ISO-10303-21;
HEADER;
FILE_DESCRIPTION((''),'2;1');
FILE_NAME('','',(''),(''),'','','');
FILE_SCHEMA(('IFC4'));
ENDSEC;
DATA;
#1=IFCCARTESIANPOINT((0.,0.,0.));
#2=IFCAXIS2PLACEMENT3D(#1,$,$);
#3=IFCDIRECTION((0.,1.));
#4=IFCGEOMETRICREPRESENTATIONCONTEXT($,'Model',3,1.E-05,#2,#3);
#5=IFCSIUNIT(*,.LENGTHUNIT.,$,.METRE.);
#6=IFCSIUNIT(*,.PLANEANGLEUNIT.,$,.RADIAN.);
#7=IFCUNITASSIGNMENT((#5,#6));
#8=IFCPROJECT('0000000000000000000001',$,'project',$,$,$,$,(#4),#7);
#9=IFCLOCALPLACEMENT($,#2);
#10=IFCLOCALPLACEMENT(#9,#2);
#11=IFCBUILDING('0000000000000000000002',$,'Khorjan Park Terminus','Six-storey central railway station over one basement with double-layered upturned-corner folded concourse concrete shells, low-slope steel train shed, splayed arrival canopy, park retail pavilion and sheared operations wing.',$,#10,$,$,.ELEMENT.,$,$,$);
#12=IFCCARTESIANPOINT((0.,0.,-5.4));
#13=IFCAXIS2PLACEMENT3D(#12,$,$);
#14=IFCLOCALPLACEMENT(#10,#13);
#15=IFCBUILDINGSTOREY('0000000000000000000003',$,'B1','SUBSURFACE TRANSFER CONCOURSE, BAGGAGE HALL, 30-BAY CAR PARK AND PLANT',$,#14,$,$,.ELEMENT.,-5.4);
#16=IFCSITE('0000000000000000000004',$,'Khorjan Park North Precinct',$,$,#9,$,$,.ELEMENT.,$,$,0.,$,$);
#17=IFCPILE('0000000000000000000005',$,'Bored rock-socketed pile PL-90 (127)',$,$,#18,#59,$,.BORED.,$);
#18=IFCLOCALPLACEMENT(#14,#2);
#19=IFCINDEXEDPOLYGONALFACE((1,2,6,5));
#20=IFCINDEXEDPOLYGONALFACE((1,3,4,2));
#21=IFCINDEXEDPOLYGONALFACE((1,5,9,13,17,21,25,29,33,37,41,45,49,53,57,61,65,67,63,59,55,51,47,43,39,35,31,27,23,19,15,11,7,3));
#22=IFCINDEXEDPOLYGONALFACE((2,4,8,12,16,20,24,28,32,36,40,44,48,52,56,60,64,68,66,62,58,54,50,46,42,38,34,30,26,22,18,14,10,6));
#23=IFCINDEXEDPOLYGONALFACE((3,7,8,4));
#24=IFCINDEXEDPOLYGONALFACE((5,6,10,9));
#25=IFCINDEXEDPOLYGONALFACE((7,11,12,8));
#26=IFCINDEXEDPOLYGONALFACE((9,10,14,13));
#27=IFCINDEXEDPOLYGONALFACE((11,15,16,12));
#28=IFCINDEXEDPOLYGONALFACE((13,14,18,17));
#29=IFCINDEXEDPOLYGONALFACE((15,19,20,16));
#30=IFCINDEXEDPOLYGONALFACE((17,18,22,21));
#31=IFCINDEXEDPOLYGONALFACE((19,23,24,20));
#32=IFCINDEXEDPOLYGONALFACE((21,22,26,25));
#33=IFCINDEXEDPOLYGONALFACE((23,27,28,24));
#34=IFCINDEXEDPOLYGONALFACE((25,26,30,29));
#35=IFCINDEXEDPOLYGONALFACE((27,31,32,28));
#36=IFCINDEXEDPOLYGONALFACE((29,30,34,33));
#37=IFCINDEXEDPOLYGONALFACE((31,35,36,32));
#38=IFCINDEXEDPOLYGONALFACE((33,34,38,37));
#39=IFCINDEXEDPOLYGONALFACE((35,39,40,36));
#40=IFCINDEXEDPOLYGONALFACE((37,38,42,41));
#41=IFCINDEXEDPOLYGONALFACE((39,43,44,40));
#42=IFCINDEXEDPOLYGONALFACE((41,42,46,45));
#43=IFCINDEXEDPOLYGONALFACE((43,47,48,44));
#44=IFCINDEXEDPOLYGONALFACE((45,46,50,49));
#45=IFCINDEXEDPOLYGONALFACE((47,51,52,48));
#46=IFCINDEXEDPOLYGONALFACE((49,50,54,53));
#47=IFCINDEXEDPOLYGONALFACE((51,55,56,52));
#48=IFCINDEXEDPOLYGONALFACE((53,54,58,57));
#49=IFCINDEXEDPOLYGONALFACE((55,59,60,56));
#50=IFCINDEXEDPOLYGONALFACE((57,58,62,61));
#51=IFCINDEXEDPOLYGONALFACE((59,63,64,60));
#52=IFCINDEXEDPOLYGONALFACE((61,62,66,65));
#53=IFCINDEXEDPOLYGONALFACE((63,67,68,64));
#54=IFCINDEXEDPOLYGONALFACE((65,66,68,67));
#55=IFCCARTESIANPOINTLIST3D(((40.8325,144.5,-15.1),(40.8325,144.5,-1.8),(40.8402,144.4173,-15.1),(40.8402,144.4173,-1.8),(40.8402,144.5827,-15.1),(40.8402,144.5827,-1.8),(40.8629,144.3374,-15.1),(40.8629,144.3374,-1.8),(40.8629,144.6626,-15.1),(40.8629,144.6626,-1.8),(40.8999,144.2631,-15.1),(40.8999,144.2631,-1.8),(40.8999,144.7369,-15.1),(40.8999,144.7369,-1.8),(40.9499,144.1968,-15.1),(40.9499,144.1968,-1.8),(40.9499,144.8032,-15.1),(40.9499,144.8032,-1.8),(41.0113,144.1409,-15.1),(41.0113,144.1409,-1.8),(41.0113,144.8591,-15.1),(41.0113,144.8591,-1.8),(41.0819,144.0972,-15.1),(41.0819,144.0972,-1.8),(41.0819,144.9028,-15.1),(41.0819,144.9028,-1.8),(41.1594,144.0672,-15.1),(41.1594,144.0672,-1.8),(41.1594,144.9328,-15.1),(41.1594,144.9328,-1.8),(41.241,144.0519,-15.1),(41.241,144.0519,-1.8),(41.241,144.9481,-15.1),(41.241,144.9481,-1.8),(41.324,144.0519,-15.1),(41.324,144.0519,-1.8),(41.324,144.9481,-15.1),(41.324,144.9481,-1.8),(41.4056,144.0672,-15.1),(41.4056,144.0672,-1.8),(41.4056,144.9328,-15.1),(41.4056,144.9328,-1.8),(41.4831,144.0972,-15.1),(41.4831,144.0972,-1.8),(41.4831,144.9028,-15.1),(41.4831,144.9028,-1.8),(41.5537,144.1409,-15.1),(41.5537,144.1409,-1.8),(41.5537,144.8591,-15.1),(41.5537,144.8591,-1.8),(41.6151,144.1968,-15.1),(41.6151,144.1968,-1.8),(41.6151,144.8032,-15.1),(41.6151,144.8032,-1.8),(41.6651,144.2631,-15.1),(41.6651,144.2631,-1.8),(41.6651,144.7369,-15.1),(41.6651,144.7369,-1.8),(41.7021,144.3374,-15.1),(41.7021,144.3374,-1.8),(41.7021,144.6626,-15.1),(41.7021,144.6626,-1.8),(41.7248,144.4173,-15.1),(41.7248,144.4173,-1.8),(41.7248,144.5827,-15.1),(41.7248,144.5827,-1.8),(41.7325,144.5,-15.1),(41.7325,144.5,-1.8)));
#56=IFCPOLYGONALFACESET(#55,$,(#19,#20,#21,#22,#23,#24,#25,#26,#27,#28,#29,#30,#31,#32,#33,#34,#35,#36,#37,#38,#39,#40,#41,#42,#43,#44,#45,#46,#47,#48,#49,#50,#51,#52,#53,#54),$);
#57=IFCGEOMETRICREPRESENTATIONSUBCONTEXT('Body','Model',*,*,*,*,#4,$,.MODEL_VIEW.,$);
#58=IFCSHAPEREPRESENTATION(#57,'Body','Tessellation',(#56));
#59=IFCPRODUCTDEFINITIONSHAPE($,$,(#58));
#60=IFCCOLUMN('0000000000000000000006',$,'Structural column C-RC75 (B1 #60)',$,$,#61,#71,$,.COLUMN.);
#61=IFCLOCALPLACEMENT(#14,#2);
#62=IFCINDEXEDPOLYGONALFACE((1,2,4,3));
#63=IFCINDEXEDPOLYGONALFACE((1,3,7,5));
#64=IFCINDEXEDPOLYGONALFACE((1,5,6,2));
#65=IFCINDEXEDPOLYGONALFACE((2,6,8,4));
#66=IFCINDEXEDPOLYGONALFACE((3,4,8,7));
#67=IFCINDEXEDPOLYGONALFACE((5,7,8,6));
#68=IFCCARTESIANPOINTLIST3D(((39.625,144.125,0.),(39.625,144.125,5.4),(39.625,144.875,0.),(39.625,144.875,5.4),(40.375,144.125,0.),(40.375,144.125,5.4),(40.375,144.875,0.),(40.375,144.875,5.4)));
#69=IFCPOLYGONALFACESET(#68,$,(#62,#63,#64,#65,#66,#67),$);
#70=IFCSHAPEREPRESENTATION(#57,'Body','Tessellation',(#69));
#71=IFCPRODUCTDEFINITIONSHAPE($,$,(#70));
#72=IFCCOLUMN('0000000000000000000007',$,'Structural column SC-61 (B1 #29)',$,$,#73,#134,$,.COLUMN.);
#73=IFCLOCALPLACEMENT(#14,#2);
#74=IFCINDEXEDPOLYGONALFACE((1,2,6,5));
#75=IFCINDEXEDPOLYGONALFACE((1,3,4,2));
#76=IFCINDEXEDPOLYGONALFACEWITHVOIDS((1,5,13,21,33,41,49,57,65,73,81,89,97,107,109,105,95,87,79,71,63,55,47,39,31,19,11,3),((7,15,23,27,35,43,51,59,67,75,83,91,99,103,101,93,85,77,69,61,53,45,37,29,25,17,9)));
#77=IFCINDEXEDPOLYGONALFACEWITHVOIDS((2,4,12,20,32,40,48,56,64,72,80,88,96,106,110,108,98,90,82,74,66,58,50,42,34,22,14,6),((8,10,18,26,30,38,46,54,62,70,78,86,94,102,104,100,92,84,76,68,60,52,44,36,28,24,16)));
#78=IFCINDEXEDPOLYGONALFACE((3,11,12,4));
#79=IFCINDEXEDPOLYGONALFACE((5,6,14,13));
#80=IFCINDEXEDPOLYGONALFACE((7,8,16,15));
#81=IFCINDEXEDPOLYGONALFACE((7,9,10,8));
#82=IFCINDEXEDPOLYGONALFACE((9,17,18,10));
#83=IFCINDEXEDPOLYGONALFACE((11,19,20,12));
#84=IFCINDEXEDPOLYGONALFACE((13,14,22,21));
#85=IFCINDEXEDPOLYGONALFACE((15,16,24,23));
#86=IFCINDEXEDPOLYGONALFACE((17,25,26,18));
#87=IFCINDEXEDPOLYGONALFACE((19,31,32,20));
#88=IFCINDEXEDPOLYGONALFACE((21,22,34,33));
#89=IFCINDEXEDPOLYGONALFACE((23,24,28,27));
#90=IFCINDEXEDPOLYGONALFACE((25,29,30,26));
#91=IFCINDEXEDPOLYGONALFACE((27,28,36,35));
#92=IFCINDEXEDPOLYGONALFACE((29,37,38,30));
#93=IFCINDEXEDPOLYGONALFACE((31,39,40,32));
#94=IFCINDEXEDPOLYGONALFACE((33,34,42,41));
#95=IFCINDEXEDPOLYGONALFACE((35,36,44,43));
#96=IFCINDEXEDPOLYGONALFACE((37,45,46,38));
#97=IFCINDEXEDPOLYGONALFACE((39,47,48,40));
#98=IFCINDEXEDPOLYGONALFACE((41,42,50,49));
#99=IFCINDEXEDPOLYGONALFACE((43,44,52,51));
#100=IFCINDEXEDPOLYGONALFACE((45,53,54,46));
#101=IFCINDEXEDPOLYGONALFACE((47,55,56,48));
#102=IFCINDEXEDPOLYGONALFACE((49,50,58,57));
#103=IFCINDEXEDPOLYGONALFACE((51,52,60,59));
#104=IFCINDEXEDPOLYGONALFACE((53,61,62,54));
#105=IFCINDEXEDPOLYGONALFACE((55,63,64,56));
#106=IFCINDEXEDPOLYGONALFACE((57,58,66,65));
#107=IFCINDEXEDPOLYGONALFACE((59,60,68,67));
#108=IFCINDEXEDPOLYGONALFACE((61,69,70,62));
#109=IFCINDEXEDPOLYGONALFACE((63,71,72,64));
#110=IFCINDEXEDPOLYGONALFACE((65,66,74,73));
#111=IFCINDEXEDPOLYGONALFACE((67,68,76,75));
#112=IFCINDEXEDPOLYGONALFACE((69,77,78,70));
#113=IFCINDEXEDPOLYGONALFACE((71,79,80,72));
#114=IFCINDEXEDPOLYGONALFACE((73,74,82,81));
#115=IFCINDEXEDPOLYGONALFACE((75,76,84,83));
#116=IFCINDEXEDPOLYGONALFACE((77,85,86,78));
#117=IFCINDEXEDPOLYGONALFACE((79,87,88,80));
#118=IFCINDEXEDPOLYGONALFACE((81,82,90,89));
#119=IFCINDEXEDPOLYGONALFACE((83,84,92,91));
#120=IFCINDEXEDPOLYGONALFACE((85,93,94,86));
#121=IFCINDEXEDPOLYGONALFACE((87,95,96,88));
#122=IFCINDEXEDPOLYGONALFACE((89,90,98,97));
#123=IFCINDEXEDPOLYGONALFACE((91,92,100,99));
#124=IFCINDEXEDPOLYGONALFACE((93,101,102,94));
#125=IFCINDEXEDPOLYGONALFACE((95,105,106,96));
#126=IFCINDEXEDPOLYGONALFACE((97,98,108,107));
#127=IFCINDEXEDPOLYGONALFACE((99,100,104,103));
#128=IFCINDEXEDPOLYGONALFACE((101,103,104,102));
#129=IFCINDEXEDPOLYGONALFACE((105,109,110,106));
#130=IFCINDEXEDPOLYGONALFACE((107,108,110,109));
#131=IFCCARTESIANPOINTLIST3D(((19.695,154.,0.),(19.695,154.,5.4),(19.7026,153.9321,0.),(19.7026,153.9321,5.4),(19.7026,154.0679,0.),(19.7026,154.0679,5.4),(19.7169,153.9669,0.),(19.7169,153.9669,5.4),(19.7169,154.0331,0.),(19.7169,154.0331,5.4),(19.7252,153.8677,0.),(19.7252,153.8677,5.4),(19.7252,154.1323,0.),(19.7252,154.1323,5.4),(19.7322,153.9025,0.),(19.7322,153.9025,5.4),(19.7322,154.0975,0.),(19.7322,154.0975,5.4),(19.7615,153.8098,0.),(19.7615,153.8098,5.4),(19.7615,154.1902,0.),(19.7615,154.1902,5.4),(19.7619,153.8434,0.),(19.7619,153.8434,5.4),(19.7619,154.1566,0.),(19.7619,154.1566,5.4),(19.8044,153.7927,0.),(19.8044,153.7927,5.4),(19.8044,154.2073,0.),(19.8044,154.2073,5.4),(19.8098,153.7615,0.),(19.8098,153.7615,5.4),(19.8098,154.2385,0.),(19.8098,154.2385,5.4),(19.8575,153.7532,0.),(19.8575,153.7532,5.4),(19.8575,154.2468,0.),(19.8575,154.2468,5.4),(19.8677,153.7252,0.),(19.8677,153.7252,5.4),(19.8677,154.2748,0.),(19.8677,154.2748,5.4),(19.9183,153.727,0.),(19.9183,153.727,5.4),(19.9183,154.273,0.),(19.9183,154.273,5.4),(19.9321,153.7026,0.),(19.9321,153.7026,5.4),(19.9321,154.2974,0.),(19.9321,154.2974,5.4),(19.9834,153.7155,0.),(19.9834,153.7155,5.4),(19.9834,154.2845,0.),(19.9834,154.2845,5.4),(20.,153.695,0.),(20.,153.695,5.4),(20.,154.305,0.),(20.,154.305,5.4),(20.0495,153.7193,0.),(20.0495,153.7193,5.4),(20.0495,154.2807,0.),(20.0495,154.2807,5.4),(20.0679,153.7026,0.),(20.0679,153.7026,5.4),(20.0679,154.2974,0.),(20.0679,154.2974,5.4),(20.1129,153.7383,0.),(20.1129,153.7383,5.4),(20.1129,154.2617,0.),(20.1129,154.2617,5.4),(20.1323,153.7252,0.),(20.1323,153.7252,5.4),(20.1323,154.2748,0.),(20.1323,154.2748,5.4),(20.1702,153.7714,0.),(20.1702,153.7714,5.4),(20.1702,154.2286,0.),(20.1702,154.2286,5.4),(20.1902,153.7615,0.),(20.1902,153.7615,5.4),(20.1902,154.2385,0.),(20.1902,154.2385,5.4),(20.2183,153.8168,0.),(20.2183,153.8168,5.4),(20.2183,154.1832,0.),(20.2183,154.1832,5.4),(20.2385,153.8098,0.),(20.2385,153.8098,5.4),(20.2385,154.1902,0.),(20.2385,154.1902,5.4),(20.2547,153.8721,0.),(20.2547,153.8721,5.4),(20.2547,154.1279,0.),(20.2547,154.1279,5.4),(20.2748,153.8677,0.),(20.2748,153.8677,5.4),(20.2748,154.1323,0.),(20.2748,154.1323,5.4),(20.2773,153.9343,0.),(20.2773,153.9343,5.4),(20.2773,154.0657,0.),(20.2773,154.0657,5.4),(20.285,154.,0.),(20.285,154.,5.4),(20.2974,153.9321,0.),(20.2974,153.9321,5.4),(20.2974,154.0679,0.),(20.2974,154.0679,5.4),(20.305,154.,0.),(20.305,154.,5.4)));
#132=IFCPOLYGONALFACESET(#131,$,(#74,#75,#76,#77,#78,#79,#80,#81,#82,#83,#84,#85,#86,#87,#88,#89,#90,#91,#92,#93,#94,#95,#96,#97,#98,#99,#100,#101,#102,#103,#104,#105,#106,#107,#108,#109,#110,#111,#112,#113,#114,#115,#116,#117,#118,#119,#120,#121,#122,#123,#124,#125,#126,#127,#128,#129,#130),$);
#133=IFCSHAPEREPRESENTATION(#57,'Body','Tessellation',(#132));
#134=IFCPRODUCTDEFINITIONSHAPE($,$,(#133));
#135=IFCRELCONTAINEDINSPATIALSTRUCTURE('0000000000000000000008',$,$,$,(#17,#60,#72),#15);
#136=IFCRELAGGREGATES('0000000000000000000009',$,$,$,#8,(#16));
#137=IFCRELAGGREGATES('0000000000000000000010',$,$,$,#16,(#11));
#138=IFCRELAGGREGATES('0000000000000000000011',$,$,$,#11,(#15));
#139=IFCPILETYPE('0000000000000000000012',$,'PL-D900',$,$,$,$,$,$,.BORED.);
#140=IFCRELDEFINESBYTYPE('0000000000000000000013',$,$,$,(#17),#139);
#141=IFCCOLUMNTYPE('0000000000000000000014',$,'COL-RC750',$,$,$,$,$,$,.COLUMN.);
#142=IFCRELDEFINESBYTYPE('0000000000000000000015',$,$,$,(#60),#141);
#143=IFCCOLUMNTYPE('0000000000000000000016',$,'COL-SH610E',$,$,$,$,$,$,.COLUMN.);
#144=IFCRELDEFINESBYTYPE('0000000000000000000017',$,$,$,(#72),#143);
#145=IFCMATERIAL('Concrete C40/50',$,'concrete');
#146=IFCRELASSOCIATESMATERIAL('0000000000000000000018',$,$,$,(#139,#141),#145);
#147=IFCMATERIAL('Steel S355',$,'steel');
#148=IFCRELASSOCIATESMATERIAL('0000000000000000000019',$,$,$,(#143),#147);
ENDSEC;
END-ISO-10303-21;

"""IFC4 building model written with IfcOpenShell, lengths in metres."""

from ifc_helpers import new_model, si_unit, direction, frame, origin, origin_2d, place, context, subcontext, project, spatial, rectangle, circle, hollow_circle, extrude, material, material_profile, profile_set, type_object, element, save


model = new_model("IFC4")

# Units and contexts
model_context = context("Model", 3, precision=1e-05, world=origin(), true_north=direction((0.0, 1.0)))
body_context = subcontext(model_context, "Body", "Model", "MODEL_VIEW")
ifc_project = project(units=[si_unit("LENGTHUNIT", "METRE"), si_unit("PLANEANGLEUNIT", "RADIAN")], contexts=[model_context])

# Site, building, storey
site_placement = place(None, origin())
site = spatial("IfcSite", under=ifc_project, at=site_placement, Name="Khorjan Park North Precinct", CompositionType="ELEMENT", RefElevation=0.0)
building_placement = place(site_placement, origin())
building = spatial("IfcBuilding", under=site, at=building_placement, Name="Khorjan Park Terminus", Description="Six-storey central railway station over one basement with double-layered upturned-corner folded concourse concrete shells, low-slope steel train shed, splayed arrival canopy, park retail pavilion and sheared operations wing.", CompositionType="ELEMENT")
storey_placement = place(building_placement, frame((0.0, 0.0, -5.4)))
storey = spatial("IfcBuildingStorey", under=building, at=storey_placement, Name="B1", Description="SUBSURFACE TRANSFER CONCOURSE, BAGGAGE HALL, 30-BAY CAR PARK AND PLANT", CompositionType="ELEMENT", Elevation=-5.4)

# Shared definitions
ifc_material_1 = material(Name="Concrete C40/50", Category="concrete")

# Pile
ifc_material_profile_1 = material_profile(ifc_material_1, circle(Radius=0.45, at=origin_2d()), Name="BORED D900")
ifc_profile_set_1 = profile_set([ifc_material_profile_1], Name="Concrete C40/50")
pile_type_1 = type_object("IfcPileType", Name="PL-D900", PredefinedType="BORED", material=ifc_profile_set_1)
for number, where, z_axis, x_axis, name in (
    (1, (41.2825, 144.5, -1.8), (0.0, 0.0, -1.0), (1.0, 0.0, 0.0), "Bored rock-socketed pile PL-90 (127)"),
):
    element("IfcPile", number, at=place(storey_placement, frame(where, z_axis=z_axis, x_axis=x_axis)), inside=storey, type_object=pile_type_1, Name=name, PredefinedType="BORED", context=body_context, shape_type="SweptSolid", body=[
        extrude(circle(Radius=0.45, at=origin_2d()), origin(), (0.0, 0.0, 1.0), 13.3),
    ])

# Columns
ifc_material_profile_2 = material_profile(ifc_material_1, rectangle(XDim=0.75, YDim=0.75, at=origin_2d()), Name="RC 750x750")
ifc_profile_set_2 = profile_set([ifc_material_profile_2], Name="Concrete C40/50")
column_type_1 = type_object("IfcColumnType", Name="COL-RC750", PredefinedType="COLUMN", material=ifc_profile_set_2)
column_1_placement = place(storey_placement, frame((40.0, 144.5, 0.0), z_axis=(0.0, 0.0, 1.0), x_axis=(1.0, 0.0, 0.0)))
element("IfcColumn", 2, at=column_1_placement, inside=storey, type_object=column_type_1, Name="Structural column C-RC75 (B1 #60)", PredefinedType="COLUMN", context=body_context, shape_type="SweptSolid", body=[
    extrude(rectangle(XDim=0.75, YDim=0.75, at=origin_2d()), origin(), (0.0, 0.0, 1.0), 5.4),
])
ifc_material_2 = material(Name="Steel S355", Category="steel")
ifc_material_profile_3 = material_profile(ifc_material_2, hollow_circle(Radius=0.305, WallThickness=0.02, at=origin_2d()), Name="CHS 610x20")
ifc_profile_set_3 = profile_set([ifc_material_profile_3], Name="Steel S355")
column_type_2 = type_object("IfcColumnType", Name="COL-SH610E", PredefinedType="COLUMN", material=ifc_profile_set_3)
column_2_placement = place(storey_placement, frame((20.0, 154.0, 0.0), z_axis=(0.0, 0.0, 1.0), x_axis=(1.0, 0.0, 0.0)))
element("IfcColumn", 3, at=column_2_placement, inside=storey, type_object=column_type_2, Name="Structural column SC-61 (B1 #29)", PredefinedType="COLUMN", context=body_context, shape_type="SweptSolid", body=[
    extrude(hollow_circle(Radius=0.305, WallThickness=0.02, at=origin_2d()), origin(), (0.0, 0.0, 1.0), 5.4),
])

save(model, "model.ifc")
